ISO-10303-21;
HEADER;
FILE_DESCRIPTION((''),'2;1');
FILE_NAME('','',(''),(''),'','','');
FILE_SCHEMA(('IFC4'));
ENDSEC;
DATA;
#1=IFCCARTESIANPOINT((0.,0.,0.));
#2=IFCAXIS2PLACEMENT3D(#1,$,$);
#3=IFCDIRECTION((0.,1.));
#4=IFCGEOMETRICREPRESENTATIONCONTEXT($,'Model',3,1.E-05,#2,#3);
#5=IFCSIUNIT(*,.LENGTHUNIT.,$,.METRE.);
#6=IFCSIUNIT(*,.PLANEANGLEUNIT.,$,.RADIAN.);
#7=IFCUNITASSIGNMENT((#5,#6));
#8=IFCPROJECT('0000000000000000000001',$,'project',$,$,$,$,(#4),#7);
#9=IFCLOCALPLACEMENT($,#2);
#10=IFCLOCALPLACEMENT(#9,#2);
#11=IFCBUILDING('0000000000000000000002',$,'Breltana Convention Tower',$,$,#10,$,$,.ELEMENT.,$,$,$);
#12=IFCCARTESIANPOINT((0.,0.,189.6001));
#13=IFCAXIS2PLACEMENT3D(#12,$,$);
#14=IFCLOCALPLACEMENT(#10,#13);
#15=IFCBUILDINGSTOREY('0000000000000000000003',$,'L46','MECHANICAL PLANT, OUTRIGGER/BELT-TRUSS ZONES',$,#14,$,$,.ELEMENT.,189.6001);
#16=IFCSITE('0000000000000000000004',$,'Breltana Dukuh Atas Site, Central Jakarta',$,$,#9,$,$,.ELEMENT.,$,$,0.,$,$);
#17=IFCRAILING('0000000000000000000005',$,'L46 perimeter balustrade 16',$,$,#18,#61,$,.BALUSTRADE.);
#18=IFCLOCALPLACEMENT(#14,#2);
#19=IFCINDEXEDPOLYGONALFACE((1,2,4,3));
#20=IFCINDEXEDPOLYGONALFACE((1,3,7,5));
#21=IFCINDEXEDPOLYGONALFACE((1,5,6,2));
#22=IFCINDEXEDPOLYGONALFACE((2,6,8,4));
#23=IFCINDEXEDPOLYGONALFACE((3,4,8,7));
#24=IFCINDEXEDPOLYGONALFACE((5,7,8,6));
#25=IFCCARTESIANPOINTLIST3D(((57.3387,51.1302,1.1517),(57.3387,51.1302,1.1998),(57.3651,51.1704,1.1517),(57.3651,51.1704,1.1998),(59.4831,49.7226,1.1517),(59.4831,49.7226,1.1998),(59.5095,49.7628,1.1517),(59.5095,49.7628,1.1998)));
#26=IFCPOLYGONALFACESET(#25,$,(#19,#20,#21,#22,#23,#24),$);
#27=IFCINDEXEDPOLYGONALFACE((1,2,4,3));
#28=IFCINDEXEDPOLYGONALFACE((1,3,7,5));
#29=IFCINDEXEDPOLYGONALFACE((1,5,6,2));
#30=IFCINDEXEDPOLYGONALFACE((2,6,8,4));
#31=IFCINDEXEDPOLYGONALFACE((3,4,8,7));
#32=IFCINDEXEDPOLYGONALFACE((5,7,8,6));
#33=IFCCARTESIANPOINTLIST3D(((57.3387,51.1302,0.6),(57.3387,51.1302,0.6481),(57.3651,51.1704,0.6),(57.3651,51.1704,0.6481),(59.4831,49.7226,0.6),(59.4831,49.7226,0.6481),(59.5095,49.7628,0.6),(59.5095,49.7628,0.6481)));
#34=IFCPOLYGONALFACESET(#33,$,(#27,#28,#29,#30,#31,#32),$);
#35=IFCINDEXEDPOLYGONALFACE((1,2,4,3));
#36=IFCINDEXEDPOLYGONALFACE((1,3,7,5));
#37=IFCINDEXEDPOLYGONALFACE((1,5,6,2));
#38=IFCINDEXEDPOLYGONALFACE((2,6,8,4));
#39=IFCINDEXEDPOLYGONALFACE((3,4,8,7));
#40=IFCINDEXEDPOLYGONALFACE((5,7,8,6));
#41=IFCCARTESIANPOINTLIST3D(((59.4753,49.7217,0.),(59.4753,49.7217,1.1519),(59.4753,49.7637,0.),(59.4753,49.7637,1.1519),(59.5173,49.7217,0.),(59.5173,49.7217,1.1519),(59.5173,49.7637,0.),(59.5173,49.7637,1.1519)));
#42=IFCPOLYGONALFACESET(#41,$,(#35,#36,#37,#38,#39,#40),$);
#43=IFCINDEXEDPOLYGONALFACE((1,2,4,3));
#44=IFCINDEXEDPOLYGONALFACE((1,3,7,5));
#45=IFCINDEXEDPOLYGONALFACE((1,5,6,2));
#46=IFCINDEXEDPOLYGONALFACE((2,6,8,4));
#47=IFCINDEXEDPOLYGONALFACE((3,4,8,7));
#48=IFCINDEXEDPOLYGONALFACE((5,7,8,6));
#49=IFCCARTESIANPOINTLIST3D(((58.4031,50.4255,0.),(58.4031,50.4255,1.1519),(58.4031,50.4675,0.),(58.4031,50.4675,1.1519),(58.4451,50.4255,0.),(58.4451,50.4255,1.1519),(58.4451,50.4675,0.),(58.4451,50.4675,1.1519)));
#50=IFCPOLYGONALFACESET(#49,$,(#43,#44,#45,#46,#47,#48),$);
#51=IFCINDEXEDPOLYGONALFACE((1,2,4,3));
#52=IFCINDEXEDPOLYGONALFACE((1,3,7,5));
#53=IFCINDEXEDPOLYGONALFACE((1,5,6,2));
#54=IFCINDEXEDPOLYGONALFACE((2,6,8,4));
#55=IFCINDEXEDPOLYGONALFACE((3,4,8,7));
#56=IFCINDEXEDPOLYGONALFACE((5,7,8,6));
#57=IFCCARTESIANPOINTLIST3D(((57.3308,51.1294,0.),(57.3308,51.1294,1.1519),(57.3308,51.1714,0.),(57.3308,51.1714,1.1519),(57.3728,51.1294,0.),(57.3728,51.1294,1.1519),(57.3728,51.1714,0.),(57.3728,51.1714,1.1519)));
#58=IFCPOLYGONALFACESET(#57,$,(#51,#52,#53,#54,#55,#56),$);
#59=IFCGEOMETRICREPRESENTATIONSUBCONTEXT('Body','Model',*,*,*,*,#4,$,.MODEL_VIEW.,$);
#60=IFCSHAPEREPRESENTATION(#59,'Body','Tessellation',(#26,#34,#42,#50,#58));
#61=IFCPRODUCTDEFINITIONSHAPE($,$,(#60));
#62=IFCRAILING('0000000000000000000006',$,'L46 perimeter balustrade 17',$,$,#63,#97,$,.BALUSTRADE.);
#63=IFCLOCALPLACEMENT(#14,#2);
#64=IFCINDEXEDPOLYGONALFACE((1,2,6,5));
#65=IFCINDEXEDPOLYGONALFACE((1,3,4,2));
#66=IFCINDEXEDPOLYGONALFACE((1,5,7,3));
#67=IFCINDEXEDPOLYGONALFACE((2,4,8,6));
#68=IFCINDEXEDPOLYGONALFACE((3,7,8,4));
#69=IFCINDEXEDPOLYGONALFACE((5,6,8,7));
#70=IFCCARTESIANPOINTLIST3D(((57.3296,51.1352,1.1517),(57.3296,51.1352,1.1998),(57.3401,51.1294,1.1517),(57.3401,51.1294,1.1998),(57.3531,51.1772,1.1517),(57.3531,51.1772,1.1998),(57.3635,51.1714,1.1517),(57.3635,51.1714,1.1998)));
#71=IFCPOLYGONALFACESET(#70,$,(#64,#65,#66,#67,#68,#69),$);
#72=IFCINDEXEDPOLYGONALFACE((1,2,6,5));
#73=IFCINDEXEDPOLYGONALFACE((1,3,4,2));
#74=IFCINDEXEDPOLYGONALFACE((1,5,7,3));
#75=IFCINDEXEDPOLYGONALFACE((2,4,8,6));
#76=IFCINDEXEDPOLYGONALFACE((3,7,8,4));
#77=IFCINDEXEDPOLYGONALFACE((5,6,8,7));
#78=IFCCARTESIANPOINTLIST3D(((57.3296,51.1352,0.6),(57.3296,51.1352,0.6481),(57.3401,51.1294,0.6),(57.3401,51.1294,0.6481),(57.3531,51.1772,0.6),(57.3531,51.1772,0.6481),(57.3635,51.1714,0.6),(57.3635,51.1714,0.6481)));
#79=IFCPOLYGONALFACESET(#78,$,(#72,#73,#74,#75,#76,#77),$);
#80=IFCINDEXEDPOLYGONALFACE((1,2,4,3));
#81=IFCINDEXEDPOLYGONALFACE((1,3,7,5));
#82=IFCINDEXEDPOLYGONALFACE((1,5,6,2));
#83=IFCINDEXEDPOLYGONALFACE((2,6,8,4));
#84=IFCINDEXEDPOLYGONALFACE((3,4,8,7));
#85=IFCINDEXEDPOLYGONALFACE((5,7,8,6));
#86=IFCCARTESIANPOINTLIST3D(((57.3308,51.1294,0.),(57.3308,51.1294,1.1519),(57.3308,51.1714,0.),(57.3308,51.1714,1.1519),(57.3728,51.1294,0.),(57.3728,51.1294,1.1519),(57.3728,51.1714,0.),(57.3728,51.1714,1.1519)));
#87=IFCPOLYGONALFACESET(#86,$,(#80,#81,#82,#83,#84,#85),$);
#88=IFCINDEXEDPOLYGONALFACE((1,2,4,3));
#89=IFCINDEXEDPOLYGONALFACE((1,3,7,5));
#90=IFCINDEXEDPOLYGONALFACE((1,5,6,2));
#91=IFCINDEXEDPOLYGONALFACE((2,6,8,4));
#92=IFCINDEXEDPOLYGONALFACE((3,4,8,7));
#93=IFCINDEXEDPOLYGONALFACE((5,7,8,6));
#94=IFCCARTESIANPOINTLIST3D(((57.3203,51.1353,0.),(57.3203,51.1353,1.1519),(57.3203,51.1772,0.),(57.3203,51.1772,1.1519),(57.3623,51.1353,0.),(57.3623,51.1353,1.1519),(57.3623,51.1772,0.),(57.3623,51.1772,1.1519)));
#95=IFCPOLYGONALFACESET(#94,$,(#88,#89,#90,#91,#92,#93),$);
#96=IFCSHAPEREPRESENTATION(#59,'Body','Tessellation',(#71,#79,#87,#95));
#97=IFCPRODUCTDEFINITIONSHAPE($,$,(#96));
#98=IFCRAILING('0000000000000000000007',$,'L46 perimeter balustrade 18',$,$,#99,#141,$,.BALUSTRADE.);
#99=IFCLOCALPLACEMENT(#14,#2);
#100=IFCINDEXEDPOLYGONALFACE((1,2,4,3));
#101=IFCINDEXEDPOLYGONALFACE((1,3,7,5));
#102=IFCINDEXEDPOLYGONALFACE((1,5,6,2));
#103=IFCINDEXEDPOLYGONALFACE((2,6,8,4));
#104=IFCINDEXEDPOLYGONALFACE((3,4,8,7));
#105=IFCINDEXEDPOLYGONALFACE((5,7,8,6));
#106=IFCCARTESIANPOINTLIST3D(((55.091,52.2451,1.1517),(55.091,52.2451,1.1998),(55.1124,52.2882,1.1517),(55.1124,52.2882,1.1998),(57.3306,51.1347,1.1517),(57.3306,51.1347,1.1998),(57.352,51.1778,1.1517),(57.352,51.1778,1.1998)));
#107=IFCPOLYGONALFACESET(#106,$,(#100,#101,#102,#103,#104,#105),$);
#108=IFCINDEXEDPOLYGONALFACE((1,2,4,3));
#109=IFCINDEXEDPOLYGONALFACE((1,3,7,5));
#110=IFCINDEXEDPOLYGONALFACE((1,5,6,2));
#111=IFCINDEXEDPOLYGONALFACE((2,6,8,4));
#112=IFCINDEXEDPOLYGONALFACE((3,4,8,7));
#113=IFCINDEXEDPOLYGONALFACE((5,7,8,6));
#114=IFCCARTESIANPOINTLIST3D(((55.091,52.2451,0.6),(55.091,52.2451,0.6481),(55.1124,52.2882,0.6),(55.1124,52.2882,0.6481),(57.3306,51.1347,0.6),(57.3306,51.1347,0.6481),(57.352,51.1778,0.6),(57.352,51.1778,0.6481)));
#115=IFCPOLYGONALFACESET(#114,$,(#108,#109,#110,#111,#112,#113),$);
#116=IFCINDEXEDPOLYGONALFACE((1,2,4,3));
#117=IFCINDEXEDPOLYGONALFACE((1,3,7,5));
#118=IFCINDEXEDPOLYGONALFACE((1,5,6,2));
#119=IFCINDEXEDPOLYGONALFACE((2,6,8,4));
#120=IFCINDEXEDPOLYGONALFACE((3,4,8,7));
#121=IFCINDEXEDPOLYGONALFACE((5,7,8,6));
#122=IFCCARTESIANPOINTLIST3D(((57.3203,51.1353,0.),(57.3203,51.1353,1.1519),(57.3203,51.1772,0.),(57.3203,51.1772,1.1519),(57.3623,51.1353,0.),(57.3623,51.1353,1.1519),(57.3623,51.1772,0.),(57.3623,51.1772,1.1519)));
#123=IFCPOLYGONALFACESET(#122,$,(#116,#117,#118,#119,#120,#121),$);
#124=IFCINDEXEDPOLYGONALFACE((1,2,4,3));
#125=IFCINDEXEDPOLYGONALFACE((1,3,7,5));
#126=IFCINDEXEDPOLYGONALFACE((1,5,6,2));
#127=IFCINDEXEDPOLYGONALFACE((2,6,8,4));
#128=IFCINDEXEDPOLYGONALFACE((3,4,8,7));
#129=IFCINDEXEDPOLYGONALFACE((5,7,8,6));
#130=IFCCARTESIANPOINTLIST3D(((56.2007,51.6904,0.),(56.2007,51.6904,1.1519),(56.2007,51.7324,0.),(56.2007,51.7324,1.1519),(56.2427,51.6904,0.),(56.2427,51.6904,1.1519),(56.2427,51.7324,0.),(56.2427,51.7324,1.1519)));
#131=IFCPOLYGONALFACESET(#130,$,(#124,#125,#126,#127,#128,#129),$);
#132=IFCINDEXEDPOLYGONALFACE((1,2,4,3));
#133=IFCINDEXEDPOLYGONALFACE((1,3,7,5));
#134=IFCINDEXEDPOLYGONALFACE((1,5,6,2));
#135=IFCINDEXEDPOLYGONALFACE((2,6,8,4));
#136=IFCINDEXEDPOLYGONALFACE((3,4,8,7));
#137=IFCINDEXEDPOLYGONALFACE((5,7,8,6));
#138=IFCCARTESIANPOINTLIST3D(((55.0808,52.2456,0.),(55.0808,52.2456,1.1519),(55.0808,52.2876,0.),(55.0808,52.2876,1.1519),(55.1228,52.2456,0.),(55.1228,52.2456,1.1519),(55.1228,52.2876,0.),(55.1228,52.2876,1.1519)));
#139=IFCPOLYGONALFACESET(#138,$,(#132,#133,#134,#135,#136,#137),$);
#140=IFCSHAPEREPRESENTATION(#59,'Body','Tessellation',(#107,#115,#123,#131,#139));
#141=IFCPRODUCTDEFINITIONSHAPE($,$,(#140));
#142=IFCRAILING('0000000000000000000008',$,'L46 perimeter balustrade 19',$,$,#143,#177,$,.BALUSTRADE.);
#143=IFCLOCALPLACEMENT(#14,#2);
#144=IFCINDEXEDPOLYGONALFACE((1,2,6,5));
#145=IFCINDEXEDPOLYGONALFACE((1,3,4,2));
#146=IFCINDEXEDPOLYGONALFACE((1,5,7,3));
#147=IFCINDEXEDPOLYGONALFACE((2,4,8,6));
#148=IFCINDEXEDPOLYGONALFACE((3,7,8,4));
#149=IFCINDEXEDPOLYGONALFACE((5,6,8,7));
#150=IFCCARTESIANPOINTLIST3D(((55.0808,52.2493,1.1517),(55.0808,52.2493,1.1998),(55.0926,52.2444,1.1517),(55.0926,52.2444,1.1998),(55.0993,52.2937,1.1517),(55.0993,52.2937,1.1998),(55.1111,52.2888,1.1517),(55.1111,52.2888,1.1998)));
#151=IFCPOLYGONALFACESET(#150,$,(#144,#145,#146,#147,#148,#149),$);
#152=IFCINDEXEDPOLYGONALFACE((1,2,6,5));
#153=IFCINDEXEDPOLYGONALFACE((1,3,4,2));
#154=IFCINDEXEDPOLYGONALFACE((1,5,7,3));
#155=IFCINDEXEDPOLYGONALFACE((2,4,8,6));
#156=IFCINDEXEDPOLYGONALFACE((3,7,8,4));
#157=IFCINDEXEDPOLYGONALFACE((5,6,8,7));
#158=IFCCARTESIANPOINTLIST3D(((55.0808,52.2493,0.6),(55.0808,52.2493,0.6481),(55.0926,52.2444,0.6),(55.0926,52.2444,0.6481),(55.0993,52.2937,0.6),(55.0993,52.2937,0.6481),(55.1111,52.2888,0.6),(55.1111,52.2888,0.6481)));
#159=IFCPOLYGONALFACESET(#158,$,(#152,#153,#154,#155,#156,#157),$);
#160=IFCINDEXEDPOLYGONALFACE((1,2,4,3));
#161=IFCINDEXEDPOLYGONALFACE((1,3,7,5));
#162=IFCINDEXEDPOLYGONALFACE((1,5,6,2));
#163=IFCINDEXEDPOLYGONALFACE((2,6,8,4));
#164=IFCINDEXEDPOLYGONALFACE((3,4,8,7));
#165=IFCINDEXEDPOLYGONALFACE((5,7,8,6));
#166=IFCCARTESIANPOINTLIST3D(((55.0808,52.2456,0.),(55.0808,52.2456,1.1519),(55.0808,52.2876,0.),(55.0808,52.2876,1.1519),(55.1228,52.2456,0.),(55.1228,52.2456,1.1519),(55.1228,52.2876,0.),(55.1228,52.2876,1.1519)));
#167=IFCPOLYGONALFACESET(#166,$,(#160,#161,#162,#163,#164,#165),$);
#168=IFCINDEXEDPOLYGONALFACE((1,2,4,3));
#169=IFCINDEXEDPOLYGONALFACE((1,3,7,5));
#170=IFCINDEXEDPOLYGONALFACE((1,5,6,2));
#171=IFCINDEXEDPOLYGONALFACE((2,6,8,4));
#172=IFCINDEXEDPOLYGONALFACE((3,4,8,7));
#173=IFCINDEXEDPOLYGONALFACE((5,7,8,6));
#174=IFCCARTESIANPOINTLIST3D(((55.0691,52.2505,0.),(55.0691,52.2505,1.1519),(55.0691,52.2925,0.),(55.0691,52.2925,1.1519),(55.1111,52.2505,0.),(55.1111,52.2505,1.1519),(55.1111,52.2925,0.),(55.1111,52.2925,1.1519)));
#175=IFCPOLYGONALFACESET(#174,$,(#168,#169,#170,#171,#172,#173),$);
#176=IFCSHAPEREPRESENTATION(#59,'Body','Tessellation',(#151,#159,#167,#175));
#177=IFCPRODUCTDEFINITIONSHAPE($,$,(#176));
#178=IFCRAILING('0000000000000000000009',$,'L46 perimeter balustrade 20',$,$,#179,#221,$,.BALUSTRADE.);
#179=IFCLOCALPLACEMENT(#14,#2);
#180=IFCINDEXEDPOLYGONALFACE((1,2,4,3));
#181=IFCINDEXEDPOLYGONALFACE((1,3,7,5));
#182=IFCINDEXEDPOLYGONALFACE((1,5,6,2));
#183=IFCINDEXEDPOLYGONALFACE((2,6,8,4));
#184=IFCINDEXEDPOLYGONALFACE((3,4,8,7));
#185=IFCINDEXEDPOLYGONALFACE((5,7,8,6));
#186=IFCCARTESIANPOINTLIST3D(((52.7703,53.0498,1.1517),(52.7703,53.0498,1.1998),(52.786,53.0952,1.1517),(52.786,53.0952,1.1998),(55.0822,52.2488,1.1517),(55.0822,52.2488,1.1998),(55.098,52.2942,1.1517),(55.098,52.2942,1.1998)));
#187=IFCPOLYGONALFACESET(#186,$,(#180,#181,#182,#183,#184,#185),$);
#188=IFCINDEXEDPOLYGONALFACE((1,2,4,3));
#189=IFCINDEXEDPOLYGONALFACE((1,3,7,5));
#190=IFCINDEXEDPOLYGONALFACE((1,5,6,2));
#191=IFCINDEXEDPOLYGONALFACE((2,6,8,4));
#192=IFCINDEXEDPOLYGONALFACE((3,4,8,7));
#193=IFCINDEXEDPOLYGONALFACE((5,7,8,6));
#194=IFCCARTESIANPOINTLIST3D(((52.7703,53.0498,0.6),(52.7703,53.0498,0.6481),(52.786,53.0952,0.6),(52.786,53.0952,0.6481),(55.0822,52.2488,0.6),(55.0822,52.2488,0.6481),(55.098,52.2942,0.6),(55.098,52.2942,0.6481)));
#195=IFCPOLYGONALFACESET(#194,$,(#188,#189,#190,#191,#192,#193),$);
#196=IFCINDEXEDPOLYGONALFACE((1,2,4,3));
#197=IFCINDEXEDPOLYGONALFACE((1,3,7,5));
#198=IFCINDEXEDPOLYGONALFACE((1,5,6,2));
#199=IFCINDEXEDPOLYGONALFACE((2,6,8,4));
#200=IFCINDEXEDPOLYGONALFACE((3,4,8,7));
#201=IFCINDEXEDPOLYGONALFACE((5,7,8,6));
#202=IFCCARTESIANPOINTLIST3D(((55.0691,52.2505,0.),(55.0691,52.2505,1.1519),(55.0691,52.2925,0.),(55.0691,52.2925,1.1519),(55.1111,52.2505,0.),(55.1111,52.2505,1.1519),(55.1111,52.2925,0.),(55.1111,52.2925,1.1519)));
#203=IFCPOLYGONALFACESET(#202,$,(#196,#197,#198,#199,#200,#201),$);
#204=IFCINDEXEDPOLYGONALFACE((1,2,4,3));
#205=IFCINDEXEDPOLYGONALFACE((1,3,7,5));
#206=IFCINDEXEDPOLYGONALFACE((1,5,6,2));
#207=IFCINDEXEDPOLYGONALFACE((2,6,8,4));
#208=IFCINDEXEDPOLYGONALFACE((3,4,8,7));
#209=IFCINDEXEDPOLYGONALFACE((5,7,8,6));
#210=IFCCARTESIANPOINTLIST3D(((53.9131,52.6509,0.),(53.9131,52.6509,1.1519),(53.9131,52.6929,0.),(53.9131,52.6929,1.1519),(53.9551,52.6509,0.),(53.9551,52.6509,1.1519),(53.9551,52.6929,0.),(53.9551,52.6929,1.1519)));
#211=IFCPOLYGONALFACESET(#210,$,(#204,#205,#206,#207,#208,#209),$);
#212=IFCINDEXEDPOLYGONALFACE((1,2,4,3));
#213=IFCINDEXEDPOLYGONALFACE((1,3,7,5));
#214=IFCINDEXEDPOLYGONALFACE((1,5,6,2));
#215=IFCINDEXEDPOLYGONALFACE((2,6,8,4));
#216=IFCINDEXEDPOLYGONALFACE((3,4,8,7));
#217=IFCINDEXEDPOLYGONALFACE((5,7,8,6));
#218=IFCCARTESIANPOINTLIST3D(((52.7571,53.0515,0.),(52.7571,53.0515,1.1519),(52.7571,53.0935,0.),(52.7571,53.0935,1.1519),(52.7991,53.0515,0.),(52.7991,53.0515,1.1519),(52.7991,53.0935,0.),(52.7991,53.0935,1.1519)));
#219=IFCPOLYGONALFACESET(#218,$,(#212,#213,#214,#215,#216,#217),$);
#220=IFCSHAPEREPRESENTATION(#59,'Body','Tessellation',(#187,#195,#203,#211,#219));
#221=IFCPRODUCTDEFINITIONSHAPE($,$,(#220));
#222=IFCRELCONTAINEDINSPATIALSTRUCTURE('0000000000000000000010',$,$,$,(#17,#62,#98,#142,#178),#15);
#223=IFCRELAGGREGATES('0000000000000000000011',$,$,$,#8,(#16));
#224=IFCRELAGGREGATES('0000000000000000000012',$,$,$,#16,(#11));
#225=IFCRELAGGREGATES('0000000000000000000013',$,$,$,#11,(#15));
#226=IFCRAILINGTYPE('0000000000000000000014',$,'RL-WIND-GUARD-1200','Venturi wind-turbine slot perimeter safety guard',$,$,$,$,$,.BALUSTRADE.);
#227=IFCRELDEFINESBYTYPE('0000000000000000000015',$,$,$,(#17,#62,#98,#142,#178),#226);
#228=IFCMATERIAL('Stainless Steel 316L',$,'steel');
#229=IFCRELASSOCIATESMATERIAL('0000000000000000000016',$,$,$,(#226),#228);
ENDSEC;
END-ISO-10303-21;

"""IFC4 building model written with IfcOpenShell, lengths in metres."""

from ifc_helpers import new_model, si_unit, direction, frame, origin, origin_2d, place, context, subcontext, project, spatial, rectangle, extrude, material, type_object, element, save


model = new_model("IFC4")

# Units and contexts
model_context = context("Model", 3, precision=1e-05, world=origin(), true_north=direction((0.0, 1.0)))
body_context = subcontext(model_context, "Body", "Model", "MODEL_VIEW")
ifc_project = project(units=[si_unit("LENGTHUNIT", "METRE"), si_unit("PLANEANGLEUNIT", "RADIAN")], contexts=[model_context])

# Site, building, storey
site_placement = place(None, origin())
site = spatial("IfcSite", under=ifc_project, at=site_placement, Name="Breltana Dukuh Atas Site, Central Jakarta", CompositionType="ELEMENT", RefElevation=0.0)
building_placement = place(site_placement, origin())
building = spatial("IfcBuilding", under=site, at=building_placement, Name="Breltana Convention Tower", CompositionType="ELEMENT")
storey_placement = place(building_placement, frame((0.0, 0.0, 189.6001)))
storey = spatial("IfcBuildingStorey", under=building, at=storey_placement, Name="L46", Description="MECHANICAL PLANT, OUTRIGGER/BELT-TRUSS ZONES", CompositionType="ELEMENT", Elevation=189.6001)

# Railings
ifc_material_1 = material(Name="Stainless Steel 316L", Category="steel")
railing_type = type_object("IfcRailingType", Name="RL-WIND-GUARD-1200", Description="Venturi wind-turbine slot perimeter safety guard", PredefinedType="BALUSTRADE", material=ifc_material_1)
railing_1_placement = place(storey_placement, frame((59.4963, 49.7427, 0.0)))
element("IfcRailing", 1, at=railing_1_placement, inside=storey, type_object=railing_type, Name="L46 perimeter balustrade 16", PredefinedType="BALUSTRADE", context=body_context, shape_type="SweptSolid", body=[
    extrude(rectangle(XDim=0.0481, YDim=0.0481, at=origin_2d()), frame((0.0, 0.0, 1.1758), z_axis=(-0.835982, 0.548756, 0.0), x_axis=(-0.548756, -0.835982, 0.0)), (0.0, 0.0, 1.0), 2.5652),
    extrude(rectangle(XDim=0.0481, YDim=0.0481, at=origin_2d()), frame((0.0, 0.0, 0.624), z_axis=(-0.835982, 0.548756, 0.0), x_axis=(-0.548756, -0.835982, 0.0)), (0.0, 0.0, 1.0), 2.5652),
    extrude(rectangle(XDim=0.042, YDim=0.042, at=origin_2d()), origin(), (0.0, 0.0, 1.0), 1.1519),
    extrude(rectangle(XDim=0.042, YDim=0.042, at=origin_2d()), frame((-1.0723, 0.7039, 0.0)), (0.0, 0.0, 1.0), 1.1519),
    extrude(rectangle(XDim=0.042, YDim=0.042, at=origin_2d()), frame((-2.1445, 1.4077, 0.0)), (0.0, 0.0, 1.0), 1.1519),
])
railing_2_placement = place(storey_placement, frame((57.3518, 51.1504, 0.0)))
element("IfcRailing", 2, at=railing_2_placement, inside=storey, type_object=railing_type, Name="L46 perimeter balustrade 17", PredefinedType="BALUSTRADE", context=body_context, shape_type="SweptSolid", body=[
    extrude(rectangle(XDim=0.0481, YDim=0.0481, at=origin_2d()), frame((0.0, 0.0, 1.1758), z_axis=(-0.873198, 0.487366, 0.0), x_axis=(-0.487366, -0.873198, 0.0)), (0.0, 0.0, 1.0), 0.012),
    extrude(rectangle(XDim=0.0481, YDim=0.0481, at=origin_2d()), frame((0.0, 0.0, 0.624), z_axis=(-0.873198, 0.487366, 0.0), x_axis=(-0.487366, -0.873198, 0.0)), (0.0, 0.0, 1.0), 0.012),
    extrude(rectangle(XDim=0.042, YDim=0.042, at=origin_2d()), origin(), (0.0, 0.0, 1.0), 1.1519),
    extrude(rectangle(XDim=0.042, YDim=0.042, at=origin_2d()), frame((-0.0105, 0.0059, 0.0)), (0.0, 0.0, 1.0), 1.1519),
])
railing_3_placement = place(storey_placement, frame((57.3413, 51.1562, 0.0)))
element("IfcRailing", 3, at=railing_3_placement, inside=storey, type_object=railing_type, Name="L46 perimeter balustrade 18", PredefinedType="BALUSTRADE", context=body_context, shape_type="SweptSolid", body=[
    extrude(rectangle(XDim=0.0481, YDim=0.0481, at=origin_2d()), frame((0.0, 0.0, 1.1758), z_axis=(-0.895926, 0.444203, 0.0), x_axis=(-0.444203, -0.895926, 0.0)), (0.0, 0.0, 1.0), 2.4998),
    extrude(rectangle(XDim=0.0481, YDim=0.0481, at=origin_2d()), frame((0.0, 0.0, 0.624), z_axis=(-0.895926, 0.444203, 0.0), x_axis=(-0.444203, -0.895926, 0.0)), (0.0, 0.0, 1.0), 2.4998),
    extrude(rectangle(XDim=0.042, YDim=0.042, at=origin_2d()), origin(), (0.0, 0.0, 1.0), 1.1519),
    extrude(rectangle(XDim=0.042, YDim=0.042, at=origin_2d()), frame((-1.1196, 0.5552, 0.0)), (0.0, 0.0, 1.0), 1.1519),
    extrude(rectangle(XDim=0.042, YDim=0.042, at=origin_2d()), frame((-2.2395, 1.1104, 0.0)), (0.0, 0.0, 1.0), 1.1519),
])
railing_4_placement = place(storey_placement, frame((55.1018, 52.2666, 0.0)))
element("IfcRailing", 4, at=railing_4_placement, inside=storey, type_object=railing_type, Name="L46 perimeter balustrade 19", PredefinedType="BALUSTRADE", context=body_context, shape_type="SweptSolid", body=[
    extrude(rectangle(XDim=0.0481, YDim=0.0481, at=origin_2d()), frame((0.0, 0.0, 1.1758), z_axis=(-0.923077, 0.384615, 0.0), x_axis=(-0.384615, -0.923077, 0.0)), (0.0, 0.0, 1.0), 0.0127),
    extrude(rectangle(XDim=0.0481, YDim=0.0481, at=origin_2d()), frame((0.0, 0.0, 0.624), z_axis=(-0.923077, 0.384615, 0.0), x_axis=(-0.384615, -0.923077, 0.0)), (0.0, 0.0, 1.0), 0.0127),
    extrude(rectangle(XDim=0.042, YDim=0.042, at=origin_2d()), origin(), (0.0, 0.0, 1.0), 1.1519),
    extrude(rectangle(XDim=0.042, YDim=0.042, at=origin_2d()), frame((-0.0117, 0.0049, 0.0)), (0.0, 0.0, 1.0), 1.1519),
])
railing_5_placement = place(storey_placement, frame((55.0901, 52.2715, 0.0)))
element("IfcRailing", 5, at=railing_5_placement, inside=storey, type_object=railing_type, Name="L46 perimeter balustrade 20", PredefinedType="BALUSTRADE", context=body_context, shape_type="SweptSolid", body=[
    extrude(rectangle(XDim=0.0481, YDim=0.0481, at=origin_2d()), frame((0.0, 0.0, 1.1758), z_axis=(-0.944896, 0.327371, 0.0), x_axis=(-0.327371, -0.944896, 0.0)), (0.0, 0.0, 1.0), 2.4468),
    extrude(rectangle(XDim=0.0481, YDim=0.0481, at=origin_2d()), frame((0.0, 0.0, 0.624), z_axis=(-0.944896, 0.327371, 0.0), x_axis=(-0.327371, -0.944896, 0.0)), (0.0, 0.0, 1.0), 2.4468),
    extrude(rectangle(XDim=0.042, YDim=0.042, at=origin_2d()), origin(), (0.0, 0.0, 1.0), 1.1519),
    extrude(rectangle(XDim=0.042, YDim=0.042, at=origin_2d()), frame((-1.156, 0.4004, 0.0)), (0.0, 0.0, 1.0), 1.1519),
    extrude(rectangle(XDim=0.042, YDim=0.042, at=origin_2d()), frame((-2.312, 0.801, 0.0)), (0.0, 0.0, 1.0), 1.1519),
])

save(model, "model.ifc")
